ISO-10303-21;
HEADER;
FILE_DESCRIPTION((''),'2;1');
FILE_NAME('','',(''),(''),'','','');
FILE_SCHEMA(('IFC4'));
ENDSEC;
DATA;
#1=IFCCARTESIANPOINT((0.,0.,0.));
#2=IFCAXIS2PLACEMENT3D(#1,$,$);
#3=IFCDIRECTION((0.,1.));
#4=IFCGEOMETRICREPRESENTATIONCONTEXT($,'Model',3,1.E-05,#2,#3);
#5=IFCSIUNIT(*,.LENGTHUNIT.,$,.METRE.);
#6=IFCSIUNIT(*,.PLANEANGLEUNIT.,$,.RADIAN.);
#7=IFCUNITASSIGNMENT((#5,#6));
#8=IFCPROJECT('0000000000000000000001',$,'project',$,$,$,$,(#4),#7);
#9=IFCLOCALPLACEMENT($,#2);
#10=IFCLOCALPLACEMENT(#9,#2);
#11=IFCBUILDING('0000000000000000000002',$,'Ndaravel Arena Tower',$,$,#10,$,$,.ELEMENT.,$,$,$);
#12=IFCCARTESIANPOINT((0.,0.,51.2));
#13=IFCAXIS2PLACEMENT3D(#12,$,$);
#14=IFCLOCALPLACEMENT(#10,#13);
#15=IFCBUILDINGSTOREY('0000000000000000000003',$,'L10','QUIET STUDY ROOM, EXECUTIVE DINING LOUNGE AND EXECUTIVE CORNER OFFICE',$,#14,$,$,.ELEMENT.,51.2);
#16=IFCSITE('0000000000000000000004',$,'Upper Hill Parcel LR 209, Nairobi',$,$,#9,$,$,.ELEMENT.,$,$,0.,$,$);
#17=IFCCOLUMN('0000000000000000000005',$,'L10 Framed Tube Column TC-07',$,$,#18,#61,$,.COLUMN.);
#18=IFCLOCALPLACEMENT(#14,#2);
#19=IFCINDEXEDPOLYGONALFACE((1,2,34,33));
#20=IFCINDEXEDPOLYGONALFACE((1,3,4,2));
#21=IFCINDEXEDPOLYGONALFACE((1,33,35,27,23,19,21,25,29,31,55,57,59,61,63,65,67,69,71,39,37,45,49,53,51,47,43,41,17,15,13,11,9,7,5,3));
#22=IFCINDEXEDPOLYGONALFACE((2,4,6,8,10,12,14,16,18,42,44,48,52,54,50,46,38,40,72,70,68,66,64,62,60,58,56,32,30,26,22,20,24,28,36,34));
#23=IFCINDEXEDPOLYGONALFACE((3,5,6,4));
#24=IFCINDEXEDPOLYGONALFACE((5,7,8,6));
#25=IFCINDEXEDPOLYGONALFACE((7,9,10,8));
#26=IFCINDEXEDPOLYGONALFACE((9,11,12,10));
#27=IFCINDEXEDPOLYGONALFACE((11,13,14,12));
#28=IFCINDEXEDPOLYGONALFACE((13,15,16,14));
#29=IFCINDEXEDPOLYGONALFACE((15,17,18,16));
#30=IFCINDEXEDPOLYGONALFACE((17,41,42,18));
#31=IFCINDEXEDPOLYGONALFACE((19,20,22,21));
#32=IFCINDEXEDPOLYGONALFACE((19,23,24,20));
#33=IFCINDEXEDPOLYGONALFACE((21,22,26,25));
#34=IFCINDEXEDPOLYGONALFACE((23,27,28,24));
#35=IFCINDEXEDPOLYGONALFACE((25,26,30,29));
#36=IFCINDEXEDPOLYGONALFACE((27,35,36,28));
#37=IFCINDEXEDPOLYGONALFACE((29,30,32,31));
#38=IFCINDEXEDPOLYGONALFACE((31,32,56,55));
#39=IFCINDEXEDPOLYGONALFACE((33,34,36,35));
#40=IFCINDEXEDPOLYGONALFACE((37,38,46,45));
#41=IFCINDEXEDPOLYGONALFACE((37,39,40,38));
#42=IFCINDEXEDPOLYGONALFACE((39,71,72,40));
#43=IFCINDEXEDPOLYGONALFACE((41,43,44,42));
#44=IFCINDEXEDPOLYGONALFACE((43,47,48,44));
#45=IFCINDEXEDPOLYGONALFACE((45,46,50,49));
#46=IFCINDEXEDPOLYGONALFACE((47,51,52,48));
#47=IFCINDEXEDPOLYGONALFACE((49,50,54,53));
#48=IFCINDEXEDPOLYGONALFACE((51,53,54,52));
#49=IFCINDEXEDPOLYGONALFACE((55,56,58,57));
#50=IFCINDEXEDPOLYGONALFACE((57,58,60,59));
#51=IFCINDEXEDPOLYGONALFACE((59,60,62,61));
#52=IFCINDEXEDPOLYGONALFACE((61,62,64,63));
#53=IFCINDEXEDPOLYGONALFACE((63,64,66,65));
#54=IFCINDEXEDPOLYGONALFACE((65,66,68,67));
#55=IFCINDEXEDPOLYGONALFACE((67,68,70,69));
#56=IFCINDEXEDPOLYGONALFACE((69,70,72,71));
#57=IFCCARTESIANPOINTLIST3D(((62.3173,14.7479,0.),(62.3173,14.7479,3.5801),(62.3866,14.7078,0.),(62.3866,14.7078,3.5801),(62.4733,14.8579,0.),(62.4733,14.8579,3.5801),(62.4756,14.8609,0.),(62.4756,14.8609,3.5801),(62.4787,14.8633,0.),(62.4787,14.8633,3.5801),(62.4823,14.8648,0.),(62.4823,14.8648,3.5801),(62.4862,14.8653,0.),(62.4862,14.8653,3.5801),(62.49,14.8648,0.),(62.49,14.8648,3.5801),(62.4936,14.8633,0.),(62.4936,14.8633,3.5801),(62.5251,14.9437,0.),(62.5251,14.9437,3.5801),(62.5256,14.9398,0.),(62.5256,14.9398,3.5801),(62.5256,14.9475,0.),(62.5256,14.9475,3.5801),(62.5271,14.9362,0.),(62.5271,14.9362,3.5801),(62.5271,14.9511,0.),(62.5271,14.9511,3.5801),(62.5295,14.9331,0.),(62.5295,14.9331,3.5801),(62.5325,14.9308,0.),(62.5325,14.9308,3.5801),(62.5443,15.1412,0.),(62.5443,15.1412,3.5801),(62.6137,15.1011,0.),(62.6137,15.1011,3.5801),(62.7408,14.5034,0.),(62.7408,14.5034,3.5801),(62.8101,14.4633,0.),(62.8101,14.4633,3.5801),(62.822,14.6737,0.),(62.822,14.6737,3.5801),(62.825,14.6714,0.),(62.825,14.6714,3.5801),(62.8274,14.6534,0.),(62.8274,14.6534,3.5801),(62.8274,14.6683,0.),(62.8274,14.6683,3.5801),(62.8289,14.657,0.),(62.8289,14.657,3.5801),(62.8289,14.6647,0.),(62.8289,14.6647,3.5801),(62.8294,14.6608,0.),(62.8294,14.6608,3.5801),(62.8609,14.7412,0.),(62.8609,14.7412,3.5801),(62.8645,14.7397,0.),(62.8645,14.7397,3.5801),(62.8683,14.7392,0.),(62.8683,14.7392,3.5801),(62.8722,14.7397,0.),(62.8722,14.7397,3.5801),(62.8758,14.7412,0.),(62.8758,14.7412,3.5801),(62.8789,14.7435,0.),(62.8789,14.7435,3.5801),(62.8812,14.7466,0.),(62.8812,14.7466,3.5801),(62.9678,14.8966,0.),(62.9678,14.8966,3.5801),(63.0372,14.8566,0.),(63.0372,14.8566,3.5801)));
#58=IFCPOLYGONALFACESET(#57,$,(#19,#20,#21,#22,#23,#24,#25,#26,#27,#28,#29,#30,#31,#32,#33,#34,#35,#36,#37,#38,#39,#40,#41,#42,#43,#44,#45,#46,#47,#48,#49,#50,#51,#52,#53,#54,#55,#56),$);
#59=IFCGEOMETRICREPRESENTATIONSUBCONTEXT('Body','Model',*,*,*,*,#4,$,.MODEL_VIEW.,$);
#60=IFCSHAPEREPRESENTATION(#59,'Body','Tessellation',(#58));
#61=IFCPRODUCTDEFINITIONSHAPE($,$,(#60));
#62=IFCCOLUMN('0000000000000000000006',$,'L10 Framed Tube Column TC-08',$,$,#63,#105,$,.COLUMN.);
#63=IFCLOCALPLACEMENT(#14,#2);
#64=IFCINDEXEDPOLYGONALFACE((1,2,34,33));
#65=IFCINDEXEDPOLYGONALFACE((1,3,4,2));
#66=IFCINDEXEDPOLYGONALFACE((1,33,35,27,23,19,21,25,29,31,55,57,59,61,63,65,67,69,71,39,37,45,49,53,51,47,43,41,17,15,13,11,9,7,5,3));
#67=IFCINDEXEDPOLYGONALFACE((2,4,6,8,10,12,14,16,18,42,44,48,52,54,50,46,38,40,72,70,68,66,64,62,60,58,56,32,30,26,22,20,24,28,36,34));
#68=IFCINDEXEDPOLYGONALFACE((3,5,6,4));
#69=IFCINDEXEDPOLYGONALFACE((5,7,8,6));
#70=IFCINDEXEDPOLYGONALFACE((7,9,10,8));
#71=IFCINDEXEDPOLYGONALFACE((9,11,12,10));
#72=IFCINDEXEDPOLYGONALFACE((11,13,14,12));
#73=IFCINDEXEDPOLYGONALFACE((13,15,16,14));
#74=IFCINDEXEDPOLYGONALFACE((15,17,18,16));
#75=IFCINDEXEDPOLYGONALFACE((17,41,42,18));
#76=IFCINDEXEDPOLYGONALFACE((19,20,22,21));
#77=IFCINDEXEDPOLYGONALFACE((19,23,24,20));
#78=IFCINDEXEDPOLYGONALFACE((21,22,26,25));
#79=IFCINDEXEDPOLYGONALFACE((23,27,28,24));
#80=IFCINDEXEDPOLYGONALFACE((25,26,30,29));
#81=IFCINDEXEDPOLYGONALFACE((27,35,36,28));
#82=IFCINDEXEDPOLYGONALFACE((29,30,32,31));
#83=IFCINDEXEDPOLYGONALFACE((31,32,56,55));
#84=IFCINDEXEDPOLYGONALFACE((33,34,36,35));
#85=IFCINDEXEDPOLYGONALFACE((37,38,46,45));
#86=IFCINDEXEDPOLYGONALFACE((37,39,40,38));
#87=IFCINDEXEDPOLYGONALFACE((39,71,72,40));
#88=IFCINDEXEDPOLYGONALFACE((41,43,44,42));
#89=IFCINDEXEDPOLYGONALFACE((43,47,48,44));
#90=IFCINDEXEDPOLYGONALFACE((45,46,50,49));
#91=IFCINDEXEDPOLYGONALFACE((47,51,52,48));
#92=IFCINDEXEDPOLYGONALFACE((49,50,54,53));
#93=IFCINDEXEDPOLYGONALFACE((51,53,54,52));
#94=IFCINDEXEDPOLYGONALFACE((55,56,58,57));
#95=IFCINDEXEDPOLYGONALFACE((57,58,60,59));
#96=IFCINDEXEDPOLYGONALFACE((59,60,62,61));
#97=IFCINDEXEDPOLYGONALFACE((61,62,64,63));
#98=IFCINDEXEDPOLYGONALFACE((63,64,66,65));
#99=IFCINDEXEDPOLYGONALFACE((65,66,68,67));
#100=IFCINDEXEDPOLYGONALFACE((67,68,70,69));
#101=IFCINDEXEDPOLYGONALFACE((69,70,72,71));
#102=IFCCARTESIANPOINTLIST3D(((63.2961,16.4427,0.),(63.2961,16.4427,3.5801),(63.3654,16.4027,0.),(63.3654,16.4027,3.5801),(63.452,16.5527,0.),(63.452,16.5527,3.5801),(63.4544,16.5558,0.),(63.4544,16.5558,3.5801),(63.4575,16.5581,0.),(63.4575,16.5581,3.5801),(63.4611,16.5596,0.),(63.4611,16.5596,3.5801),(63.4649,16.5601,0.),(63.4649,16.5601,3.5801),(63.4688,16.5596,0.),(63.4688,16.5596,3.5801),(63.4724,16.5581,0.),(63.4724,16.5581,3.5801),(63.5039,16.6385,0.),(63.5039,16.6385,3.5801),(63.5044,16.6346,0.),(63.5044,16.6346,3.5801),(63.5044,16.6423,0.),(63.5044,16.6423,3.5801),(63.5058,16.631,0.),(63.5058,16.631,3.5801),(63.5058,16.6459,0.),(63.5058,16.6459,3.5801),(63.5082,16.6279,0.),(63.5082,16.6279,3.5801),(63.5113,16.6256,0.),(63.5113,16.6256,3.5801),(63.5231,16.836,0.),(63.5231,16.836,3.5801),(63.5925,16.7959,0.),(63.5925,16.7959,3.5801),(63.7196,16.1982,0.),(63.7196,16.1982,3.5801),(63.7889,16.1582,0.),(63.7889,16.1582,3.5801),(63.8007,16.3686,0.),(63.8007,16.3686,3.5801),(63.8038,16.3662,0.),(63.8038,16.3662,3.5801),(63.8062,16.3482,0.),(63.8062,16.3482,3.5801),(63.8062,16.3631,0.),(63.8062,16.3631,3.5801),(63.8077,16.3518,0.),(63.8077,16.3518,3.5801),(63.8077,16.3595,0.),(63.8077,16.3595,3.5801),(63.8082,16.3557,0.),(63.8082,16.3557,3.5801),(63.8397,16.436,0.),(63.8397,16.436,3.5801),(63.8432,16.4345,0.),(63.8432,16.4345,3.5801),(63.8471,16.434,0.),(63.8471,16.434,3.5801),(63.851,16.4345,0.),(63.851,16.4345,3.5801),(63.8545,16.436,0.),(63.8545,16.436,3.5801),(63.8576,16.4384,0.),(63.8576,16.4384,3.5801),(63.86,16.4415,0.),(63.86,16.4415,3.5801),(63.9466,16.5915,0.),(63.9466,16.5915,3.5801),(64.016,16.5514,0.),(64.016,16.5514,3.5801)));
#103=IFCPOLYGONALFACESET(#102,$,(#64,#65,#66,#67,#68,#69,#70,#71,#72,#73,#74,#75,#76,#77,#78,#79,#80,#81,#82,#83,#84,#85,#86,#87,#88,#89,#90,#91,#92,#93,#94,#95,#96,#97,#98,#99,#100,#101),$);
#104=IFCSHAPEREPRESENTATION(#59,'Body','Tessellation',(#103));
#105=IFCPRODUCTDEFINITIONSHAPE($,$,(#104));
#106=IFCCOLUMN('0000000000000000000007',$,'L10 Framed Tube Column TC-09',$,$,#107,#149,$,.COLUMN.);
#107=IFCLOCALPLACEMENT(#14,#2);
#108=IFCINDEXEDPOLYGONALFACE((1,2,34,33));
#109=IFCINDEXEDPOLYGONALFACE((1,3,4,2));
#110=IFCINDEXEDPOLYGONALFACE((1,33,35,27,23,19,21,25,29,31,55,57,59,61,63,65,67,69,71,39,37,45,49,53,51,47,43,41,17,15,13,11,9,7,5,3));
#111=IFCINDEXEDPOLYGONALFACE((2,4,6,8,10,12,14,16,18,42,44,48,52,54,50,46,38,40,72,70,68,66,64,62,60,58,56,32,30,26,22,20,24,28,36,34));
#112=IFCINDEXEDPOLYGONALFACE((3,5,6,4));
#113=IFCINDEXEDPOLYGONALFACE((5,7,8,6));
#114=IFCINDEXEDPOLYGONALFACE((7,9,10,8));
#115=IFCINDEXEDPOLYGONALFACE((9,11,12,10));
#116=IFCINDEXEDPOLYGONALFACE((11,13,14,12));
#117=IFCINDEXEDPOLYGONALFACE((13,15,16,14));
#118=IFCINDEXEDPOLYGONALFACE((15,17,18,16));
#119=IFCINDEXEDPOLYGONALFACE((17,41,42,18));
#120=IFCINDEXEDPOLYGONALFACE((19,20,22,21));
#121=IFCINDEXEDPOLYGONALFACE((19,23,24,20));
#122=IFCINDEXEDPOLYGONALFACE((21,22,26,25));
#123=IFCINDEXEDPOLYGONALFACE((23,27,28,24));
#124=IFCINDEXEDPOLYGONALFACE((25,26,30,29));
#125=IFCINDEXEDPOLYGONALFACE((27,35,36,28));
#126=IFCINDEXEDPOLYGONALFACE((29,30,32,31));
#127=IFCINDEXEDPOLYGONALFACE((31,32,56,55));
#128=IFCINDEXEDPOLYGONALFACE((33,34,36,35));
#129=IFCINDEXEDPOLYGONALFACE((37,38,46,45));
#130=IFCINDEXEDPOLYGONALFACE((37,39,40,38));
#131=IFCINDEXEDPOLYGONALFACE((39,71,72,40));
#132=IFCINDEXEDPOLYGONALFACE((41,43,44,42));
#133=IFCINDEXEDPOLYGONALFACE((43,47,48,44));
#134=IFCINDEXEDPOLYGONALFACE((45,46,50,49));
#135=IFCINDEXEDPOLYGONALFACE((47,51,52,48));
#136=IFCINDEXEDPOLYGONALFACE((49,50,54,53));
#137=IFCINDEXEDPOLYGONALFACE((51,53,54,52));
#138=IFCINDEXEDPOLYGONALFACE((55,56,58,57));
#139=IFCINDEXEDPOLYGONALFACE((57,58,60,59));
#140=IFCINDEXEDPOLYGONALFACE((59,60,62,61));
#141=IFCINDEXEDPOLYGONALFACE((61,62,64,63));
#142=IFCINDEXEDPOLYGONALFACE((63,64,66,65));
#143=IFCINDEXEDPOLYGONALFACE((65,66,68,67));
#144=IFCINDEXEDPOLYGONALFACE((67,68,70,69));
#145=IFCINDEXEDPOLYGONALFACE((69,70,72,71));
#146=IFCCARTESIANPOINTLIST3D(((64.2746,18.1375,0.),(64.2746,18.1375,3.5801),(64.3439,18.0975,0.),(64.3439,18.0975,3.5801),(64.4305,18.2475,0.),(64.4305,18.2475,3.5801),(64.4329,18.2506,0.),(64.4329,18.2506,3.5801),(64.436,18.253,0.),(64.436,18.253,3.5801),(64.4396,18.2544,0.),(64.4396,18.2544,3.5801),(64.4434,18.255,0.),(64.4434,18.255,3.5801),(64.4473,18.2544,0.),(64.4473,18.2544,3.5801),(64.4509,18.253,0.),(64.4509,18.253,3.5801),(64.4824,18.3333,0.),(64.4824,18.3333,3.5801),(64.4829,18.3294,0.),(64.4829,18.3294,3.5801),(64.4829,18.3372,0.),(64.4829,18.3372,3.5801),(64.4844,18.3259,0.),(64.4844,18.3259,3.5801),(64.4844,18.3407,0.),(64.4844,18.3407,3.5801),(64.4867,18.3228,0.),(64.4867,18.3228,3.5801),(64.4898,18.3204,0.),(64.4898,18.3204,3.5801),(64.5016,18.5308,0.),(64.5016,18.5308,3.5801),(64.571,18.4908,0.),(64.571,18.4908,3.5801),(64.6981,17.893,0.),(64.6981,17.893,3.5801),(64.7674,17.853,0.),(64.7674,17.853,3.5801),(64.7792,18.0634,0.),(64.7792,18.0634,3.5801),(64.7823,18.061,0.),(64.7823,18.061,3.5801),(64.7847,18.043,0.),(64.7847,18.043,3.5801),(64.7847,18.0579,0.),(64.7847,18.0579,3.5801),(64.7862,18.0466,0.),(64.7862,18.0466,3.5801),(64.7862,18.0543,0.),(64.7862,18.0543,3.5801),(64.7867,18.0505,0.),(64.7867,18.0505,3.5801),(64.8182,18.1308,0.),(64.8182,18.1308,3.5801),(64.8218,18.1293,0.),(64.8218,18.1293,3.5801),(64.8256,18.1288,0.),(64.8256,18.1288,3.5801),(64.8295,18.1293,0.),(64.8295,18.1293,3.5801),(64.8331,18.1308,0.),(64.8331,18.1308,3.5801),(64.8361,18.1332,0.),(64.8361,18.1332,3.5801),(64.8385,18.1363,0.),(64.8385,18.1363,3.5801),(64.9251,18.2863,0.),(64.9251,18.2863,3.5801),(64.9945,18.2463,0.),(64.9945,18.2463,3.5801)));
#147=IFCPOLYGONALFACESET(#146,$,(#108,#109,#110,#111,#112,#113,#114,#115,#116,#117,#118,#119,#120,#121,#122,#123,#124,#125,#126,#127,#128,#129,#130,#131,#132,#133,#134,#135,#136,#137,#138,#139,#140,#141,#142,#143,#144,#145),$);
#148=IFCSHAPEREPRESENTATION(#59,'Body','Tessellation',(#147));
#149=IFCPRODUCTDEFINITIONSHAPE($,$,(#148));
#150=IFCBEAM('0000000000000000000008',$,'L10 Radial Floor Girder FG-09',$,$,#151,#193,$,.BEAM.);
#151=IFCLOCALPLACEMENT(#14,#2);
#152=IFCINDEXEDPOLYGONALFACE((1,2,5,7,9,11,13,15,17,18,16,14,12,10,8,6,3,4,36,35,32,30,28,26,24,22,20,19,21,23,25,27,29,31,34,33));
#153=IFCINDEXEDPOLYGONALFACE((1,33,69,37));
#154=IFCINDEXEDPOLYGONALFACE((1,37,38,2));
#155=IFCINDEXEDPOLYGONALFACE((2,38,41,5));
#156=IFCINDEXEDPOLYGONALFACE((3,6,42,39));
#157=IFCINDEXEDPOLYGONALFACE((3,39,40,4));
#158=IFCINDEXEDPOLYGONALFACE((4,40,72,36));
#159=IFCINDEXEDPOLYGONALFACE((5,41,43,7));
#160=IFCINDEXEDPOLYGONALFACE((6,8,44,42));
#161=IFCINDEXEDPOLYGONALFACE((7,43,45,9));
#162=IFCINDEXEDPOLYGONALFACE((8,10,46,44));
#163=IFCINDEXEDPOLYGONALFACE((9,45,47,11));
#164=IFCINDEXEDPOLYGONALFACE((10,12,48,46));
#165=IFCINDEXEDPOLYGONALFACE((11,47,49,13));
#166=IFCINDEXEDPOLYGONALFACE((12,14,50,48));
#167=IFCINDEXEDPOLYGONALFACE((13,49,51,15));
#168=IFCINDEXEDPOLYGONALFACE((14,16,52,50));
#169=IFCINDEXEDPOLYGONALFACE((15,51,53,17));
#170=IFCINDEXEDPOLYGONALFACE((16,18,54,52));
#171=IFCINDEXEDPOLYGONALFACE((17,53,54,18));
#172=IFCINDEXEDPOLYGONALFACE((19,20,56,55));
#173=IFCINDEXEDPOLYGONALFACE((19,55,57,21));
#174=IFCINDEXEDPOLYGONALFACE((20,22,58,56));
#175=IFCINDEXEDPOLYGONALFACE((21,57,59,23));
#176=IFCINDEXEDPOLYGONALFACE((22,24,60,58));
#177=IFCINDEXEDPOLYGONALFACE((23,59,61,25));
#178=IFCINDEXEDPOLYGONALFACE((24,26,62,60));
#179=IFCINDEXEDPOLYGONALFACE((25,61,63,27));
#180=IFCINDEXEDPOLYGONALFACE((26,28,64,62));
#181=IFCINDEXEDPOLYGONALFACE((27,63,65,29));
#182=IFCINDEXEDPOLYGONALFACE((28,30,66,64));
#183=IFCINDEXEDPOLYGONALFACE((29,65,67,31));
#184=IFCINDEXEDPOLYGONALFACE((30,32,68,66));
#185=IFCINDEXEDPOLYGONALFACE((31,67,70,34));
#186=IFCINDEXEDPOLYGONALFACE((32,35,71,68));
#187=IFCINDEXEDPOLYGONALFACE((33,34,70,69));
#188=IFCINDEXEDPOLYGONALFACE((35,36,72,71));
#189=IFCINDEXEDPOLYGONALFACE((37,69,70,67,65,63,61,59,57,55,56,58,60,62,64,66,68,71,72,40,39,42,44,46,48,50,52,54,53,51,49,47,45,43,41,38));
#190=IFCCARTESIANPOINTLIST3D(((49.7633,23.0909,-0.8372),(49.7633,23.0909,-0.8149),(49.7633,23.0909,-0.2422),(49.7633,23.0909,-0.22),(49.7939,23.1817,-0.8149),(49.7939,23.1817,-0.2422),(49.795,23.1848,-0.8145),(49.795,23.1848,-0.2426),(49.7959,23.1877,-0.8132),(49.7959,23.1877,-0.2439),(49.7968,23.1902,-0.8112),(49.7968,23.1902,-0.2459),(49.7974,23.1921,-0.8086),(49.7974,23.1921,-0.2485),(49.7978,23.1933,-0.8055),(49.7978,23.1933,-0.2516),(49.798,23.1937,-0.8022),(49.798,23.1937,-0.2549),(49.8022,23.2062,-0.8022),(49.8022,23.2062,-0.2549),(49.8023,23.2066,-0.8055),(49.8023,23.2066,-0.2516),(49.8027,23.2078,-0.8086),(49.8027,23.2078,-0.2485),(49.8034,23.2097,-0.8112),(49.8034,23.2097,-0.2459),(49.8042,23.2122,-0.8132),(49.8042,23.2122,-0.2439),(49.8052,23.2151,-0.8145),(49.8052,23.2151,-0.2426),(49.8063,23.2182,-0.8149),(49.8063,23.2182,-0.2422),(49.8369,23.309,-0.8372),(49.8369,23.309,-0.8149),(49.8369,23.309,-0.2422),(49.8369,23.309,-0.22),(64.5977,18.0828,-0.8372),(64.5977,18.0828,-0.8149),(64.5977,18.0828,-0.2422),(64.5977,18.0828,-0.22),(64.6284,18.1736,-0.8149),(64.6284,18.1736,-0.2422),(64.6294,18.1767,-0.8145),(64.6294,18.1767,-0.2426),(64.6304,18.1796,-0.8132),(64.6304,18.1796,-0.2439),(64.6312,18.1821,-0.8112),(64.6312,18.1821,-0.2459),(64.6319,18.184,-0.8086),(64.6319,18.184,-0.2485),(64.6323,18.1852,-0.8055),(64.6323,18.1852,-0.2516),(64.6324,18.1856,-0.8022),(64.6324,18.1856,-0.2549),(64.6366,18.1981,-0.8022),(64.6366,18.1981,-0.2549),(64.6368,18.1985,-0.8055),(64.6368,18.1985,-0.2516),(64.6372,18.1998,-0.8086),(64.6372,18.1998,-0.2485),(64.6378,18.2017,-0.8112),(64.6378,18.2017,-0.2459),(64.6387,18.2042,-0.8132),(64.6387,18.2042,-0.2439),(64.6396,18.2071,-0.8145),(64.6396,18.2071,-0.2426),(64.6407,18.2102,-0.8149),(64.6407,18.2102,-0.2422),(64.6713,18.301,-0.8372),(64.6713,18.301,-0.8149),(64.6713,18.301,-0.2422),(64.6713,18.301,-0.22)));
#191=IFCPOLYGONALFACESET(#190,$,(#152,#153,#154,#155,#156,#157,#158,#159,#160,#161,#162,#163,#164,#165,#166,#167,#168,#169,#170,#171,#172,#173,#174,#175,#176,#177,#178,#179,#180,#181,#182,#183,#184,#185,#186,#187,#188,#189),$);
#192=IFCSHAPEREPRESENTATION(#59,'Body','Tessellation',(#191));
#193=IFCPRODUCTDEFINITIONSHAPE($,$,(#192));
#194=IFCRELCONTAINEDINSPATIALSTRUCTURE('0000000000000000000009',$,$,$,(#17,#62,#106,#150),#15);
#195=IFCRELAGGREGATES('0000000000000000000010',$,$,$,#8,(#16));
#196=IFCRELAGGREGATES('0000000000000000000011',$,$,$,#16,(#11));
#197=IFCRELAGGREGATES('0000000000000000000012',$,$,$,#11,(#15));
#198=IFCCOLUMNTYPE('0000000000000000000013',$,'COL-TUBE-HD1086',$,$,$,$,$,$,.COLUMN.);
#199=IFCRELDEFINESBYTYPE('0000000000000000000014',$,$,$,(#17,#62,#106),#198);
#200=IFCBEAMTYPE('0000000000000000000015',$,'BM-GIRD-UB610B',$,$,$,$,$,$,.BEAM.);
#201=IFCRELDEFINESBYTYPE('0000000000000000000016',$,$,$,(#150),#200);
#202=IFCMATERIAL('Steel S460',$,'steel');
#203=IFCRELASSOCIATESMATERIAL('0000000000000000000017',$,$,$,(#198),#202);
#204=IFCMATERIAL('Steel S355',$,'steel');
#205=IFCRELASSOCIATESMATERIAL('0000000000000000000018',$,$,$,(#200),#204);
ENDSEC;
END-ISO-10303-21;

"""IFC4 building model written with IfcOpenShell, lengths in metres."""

from ifc_helpers import new_model, si_unit, direction, frame, origin, origin_2d, place, context, subcontext, project, spatial, i_section, extrude, material, material_profile, profile_set, type_object, element, save


model = new_model("IFC4")

# Units and contexts
model_context = context("Model", 3, precision=1e-05, world=origin(), true_north=direction((0.0, 1.0)))
body_context = subcontext(model_context, "Body", "Model", "MODEL_VIEW")
ifc_project = project(units=[si_unit("LENGTHUNIT", "METRE"), si_unit("PLANEANGLEUNIT", "RADIAN")], contexts=[model_context])

# Site, building, storey
site_placement = place(None, origin())
site = spatial("IfcSite", under=ifc_project, at=site_placement, Name="Upper Hill Parcel LR 209, Nairobi", CompositionType="ELEMENT", RefElevation=0.0)
building_placement = place(site_placement, origin())
building = spatial("IfcBuilding", under=site, at=building_placement, Name="Ndaravel Arena Tower", CompositionType="ELEMENT")
storey_placement = place(building_placement, frame((0.0, 0.0, 51.2)))
storey = spatial("IfcBuildingStorey", under=building, at=storey_placement, Name="L10", Description="QUIET STUDY ROOM, EXECUTIVE DINING LOUNGE AND EXECUTIVE CORNER OFFICE", CompositionType="ELEMENT", Elevation=51.2)

# Columns
ifc_material_1 = material(Name="Steel S460", Category="steel")
ifc_material_profile_1 = material_profile(ifc_material_1, i_section(OverallWidth=0.4541, OverallDepth=0.5691, WebThickness=0.0779, FlangeThickness=0.0801, FilletRadius=0.0149, at=origin_2d()), Name="HD 400x1086")
ifc_profile_set_1 = profile_set([ifc_material_profile_1], Name="Steel S460")
column_type = type_object("IfcColumnType", Name="COL-TUBE-HD1086", PredefinedType="COLUMN", material=ifc_profile_set_1)
for number, where, z_axis, x_axis, name in (
    (1, (62.6772, 14.8022, 0.0), (0.0, 0.0, 1.0), (0.5, 0.866025, 0.0), "L10 Framed Tube Column TC-07"),
    (2, (63.656, 16.4971, 0.0), (0.0, 0.0, 1.0), (0.5, 0.866025, 0.0), "L10 Framed Tube Column TC-08"),
    (3, (64.6345, 18.1919, 0.0), (0.0, 0.0, 1.0), (0.5, 0.866025, 0.0), "L10 Framed Tube Column TC-09"),
):
    element("IfcColumn", number, at=place(storey_placement, frame(where, z_axis=z_axis, x_axis=x_axis)), inside=storey, type_object=column_type, Name=name, PredefinedType="COLUMN", context=body_context, shape_type="SweptSolid", body=[
        extrude(i_section(OverallWidth=0.4541, OverallDepth=0.5691, WebThickness=0.0779, FlangeThickness=0.0801, FilletRadius=0.0149, at=origin_2d()), origin(), (0.0, 0.0, 1.0), 3.5801),
    ])

# Beam
ifc_material_2 = material(Name="Steel S355", Category="steel")
ifc_material_profile_2 = material_profile(ifc_material_2, i_section(OverallWidth=0.2302, OverallDepth=0.6172, WebThickness=0.0132, FlangeThickness=0.0222, FilletRadius=0.0127, at=origin_2d()), Name="UB 610x229x140")
ifc_profile_set_2 = profile_set([ifc_material_profile_2], Name="Steel S355")
beam_type_1 = type_object("IfcBeamType", Name="BM-GIRD-UB610B", PredefinedType="BEAM", material=ifc_profile_set_2)
beam_1_placement = place(storey_placement, frame((64.6345, 18.1919, -0.5286), z_axis=(-0.947465, 0.31986, 0.0), x_axis=(-0.31986, -0.947465, 0.0)))
element("IfcBeam", 4, at=beam_1_placement, inside=storey, type_object=beam_type_1, Name="L10 Radial Floor Girder FG-09", PredefinedType="BEAM", context=body_context, shape_type="SweptSolid", body=[
    extrude(i_section(OverallWidth=0.2302, OverallDepth=0.6172, WebThickness=0.0132, FlangeThickness=0.0222, FilletRadius=0.0127, at=origin_2d()), origin(), (0.0, 0.0, 1.0), 15.657),
])

save(model, "model.ifc")
